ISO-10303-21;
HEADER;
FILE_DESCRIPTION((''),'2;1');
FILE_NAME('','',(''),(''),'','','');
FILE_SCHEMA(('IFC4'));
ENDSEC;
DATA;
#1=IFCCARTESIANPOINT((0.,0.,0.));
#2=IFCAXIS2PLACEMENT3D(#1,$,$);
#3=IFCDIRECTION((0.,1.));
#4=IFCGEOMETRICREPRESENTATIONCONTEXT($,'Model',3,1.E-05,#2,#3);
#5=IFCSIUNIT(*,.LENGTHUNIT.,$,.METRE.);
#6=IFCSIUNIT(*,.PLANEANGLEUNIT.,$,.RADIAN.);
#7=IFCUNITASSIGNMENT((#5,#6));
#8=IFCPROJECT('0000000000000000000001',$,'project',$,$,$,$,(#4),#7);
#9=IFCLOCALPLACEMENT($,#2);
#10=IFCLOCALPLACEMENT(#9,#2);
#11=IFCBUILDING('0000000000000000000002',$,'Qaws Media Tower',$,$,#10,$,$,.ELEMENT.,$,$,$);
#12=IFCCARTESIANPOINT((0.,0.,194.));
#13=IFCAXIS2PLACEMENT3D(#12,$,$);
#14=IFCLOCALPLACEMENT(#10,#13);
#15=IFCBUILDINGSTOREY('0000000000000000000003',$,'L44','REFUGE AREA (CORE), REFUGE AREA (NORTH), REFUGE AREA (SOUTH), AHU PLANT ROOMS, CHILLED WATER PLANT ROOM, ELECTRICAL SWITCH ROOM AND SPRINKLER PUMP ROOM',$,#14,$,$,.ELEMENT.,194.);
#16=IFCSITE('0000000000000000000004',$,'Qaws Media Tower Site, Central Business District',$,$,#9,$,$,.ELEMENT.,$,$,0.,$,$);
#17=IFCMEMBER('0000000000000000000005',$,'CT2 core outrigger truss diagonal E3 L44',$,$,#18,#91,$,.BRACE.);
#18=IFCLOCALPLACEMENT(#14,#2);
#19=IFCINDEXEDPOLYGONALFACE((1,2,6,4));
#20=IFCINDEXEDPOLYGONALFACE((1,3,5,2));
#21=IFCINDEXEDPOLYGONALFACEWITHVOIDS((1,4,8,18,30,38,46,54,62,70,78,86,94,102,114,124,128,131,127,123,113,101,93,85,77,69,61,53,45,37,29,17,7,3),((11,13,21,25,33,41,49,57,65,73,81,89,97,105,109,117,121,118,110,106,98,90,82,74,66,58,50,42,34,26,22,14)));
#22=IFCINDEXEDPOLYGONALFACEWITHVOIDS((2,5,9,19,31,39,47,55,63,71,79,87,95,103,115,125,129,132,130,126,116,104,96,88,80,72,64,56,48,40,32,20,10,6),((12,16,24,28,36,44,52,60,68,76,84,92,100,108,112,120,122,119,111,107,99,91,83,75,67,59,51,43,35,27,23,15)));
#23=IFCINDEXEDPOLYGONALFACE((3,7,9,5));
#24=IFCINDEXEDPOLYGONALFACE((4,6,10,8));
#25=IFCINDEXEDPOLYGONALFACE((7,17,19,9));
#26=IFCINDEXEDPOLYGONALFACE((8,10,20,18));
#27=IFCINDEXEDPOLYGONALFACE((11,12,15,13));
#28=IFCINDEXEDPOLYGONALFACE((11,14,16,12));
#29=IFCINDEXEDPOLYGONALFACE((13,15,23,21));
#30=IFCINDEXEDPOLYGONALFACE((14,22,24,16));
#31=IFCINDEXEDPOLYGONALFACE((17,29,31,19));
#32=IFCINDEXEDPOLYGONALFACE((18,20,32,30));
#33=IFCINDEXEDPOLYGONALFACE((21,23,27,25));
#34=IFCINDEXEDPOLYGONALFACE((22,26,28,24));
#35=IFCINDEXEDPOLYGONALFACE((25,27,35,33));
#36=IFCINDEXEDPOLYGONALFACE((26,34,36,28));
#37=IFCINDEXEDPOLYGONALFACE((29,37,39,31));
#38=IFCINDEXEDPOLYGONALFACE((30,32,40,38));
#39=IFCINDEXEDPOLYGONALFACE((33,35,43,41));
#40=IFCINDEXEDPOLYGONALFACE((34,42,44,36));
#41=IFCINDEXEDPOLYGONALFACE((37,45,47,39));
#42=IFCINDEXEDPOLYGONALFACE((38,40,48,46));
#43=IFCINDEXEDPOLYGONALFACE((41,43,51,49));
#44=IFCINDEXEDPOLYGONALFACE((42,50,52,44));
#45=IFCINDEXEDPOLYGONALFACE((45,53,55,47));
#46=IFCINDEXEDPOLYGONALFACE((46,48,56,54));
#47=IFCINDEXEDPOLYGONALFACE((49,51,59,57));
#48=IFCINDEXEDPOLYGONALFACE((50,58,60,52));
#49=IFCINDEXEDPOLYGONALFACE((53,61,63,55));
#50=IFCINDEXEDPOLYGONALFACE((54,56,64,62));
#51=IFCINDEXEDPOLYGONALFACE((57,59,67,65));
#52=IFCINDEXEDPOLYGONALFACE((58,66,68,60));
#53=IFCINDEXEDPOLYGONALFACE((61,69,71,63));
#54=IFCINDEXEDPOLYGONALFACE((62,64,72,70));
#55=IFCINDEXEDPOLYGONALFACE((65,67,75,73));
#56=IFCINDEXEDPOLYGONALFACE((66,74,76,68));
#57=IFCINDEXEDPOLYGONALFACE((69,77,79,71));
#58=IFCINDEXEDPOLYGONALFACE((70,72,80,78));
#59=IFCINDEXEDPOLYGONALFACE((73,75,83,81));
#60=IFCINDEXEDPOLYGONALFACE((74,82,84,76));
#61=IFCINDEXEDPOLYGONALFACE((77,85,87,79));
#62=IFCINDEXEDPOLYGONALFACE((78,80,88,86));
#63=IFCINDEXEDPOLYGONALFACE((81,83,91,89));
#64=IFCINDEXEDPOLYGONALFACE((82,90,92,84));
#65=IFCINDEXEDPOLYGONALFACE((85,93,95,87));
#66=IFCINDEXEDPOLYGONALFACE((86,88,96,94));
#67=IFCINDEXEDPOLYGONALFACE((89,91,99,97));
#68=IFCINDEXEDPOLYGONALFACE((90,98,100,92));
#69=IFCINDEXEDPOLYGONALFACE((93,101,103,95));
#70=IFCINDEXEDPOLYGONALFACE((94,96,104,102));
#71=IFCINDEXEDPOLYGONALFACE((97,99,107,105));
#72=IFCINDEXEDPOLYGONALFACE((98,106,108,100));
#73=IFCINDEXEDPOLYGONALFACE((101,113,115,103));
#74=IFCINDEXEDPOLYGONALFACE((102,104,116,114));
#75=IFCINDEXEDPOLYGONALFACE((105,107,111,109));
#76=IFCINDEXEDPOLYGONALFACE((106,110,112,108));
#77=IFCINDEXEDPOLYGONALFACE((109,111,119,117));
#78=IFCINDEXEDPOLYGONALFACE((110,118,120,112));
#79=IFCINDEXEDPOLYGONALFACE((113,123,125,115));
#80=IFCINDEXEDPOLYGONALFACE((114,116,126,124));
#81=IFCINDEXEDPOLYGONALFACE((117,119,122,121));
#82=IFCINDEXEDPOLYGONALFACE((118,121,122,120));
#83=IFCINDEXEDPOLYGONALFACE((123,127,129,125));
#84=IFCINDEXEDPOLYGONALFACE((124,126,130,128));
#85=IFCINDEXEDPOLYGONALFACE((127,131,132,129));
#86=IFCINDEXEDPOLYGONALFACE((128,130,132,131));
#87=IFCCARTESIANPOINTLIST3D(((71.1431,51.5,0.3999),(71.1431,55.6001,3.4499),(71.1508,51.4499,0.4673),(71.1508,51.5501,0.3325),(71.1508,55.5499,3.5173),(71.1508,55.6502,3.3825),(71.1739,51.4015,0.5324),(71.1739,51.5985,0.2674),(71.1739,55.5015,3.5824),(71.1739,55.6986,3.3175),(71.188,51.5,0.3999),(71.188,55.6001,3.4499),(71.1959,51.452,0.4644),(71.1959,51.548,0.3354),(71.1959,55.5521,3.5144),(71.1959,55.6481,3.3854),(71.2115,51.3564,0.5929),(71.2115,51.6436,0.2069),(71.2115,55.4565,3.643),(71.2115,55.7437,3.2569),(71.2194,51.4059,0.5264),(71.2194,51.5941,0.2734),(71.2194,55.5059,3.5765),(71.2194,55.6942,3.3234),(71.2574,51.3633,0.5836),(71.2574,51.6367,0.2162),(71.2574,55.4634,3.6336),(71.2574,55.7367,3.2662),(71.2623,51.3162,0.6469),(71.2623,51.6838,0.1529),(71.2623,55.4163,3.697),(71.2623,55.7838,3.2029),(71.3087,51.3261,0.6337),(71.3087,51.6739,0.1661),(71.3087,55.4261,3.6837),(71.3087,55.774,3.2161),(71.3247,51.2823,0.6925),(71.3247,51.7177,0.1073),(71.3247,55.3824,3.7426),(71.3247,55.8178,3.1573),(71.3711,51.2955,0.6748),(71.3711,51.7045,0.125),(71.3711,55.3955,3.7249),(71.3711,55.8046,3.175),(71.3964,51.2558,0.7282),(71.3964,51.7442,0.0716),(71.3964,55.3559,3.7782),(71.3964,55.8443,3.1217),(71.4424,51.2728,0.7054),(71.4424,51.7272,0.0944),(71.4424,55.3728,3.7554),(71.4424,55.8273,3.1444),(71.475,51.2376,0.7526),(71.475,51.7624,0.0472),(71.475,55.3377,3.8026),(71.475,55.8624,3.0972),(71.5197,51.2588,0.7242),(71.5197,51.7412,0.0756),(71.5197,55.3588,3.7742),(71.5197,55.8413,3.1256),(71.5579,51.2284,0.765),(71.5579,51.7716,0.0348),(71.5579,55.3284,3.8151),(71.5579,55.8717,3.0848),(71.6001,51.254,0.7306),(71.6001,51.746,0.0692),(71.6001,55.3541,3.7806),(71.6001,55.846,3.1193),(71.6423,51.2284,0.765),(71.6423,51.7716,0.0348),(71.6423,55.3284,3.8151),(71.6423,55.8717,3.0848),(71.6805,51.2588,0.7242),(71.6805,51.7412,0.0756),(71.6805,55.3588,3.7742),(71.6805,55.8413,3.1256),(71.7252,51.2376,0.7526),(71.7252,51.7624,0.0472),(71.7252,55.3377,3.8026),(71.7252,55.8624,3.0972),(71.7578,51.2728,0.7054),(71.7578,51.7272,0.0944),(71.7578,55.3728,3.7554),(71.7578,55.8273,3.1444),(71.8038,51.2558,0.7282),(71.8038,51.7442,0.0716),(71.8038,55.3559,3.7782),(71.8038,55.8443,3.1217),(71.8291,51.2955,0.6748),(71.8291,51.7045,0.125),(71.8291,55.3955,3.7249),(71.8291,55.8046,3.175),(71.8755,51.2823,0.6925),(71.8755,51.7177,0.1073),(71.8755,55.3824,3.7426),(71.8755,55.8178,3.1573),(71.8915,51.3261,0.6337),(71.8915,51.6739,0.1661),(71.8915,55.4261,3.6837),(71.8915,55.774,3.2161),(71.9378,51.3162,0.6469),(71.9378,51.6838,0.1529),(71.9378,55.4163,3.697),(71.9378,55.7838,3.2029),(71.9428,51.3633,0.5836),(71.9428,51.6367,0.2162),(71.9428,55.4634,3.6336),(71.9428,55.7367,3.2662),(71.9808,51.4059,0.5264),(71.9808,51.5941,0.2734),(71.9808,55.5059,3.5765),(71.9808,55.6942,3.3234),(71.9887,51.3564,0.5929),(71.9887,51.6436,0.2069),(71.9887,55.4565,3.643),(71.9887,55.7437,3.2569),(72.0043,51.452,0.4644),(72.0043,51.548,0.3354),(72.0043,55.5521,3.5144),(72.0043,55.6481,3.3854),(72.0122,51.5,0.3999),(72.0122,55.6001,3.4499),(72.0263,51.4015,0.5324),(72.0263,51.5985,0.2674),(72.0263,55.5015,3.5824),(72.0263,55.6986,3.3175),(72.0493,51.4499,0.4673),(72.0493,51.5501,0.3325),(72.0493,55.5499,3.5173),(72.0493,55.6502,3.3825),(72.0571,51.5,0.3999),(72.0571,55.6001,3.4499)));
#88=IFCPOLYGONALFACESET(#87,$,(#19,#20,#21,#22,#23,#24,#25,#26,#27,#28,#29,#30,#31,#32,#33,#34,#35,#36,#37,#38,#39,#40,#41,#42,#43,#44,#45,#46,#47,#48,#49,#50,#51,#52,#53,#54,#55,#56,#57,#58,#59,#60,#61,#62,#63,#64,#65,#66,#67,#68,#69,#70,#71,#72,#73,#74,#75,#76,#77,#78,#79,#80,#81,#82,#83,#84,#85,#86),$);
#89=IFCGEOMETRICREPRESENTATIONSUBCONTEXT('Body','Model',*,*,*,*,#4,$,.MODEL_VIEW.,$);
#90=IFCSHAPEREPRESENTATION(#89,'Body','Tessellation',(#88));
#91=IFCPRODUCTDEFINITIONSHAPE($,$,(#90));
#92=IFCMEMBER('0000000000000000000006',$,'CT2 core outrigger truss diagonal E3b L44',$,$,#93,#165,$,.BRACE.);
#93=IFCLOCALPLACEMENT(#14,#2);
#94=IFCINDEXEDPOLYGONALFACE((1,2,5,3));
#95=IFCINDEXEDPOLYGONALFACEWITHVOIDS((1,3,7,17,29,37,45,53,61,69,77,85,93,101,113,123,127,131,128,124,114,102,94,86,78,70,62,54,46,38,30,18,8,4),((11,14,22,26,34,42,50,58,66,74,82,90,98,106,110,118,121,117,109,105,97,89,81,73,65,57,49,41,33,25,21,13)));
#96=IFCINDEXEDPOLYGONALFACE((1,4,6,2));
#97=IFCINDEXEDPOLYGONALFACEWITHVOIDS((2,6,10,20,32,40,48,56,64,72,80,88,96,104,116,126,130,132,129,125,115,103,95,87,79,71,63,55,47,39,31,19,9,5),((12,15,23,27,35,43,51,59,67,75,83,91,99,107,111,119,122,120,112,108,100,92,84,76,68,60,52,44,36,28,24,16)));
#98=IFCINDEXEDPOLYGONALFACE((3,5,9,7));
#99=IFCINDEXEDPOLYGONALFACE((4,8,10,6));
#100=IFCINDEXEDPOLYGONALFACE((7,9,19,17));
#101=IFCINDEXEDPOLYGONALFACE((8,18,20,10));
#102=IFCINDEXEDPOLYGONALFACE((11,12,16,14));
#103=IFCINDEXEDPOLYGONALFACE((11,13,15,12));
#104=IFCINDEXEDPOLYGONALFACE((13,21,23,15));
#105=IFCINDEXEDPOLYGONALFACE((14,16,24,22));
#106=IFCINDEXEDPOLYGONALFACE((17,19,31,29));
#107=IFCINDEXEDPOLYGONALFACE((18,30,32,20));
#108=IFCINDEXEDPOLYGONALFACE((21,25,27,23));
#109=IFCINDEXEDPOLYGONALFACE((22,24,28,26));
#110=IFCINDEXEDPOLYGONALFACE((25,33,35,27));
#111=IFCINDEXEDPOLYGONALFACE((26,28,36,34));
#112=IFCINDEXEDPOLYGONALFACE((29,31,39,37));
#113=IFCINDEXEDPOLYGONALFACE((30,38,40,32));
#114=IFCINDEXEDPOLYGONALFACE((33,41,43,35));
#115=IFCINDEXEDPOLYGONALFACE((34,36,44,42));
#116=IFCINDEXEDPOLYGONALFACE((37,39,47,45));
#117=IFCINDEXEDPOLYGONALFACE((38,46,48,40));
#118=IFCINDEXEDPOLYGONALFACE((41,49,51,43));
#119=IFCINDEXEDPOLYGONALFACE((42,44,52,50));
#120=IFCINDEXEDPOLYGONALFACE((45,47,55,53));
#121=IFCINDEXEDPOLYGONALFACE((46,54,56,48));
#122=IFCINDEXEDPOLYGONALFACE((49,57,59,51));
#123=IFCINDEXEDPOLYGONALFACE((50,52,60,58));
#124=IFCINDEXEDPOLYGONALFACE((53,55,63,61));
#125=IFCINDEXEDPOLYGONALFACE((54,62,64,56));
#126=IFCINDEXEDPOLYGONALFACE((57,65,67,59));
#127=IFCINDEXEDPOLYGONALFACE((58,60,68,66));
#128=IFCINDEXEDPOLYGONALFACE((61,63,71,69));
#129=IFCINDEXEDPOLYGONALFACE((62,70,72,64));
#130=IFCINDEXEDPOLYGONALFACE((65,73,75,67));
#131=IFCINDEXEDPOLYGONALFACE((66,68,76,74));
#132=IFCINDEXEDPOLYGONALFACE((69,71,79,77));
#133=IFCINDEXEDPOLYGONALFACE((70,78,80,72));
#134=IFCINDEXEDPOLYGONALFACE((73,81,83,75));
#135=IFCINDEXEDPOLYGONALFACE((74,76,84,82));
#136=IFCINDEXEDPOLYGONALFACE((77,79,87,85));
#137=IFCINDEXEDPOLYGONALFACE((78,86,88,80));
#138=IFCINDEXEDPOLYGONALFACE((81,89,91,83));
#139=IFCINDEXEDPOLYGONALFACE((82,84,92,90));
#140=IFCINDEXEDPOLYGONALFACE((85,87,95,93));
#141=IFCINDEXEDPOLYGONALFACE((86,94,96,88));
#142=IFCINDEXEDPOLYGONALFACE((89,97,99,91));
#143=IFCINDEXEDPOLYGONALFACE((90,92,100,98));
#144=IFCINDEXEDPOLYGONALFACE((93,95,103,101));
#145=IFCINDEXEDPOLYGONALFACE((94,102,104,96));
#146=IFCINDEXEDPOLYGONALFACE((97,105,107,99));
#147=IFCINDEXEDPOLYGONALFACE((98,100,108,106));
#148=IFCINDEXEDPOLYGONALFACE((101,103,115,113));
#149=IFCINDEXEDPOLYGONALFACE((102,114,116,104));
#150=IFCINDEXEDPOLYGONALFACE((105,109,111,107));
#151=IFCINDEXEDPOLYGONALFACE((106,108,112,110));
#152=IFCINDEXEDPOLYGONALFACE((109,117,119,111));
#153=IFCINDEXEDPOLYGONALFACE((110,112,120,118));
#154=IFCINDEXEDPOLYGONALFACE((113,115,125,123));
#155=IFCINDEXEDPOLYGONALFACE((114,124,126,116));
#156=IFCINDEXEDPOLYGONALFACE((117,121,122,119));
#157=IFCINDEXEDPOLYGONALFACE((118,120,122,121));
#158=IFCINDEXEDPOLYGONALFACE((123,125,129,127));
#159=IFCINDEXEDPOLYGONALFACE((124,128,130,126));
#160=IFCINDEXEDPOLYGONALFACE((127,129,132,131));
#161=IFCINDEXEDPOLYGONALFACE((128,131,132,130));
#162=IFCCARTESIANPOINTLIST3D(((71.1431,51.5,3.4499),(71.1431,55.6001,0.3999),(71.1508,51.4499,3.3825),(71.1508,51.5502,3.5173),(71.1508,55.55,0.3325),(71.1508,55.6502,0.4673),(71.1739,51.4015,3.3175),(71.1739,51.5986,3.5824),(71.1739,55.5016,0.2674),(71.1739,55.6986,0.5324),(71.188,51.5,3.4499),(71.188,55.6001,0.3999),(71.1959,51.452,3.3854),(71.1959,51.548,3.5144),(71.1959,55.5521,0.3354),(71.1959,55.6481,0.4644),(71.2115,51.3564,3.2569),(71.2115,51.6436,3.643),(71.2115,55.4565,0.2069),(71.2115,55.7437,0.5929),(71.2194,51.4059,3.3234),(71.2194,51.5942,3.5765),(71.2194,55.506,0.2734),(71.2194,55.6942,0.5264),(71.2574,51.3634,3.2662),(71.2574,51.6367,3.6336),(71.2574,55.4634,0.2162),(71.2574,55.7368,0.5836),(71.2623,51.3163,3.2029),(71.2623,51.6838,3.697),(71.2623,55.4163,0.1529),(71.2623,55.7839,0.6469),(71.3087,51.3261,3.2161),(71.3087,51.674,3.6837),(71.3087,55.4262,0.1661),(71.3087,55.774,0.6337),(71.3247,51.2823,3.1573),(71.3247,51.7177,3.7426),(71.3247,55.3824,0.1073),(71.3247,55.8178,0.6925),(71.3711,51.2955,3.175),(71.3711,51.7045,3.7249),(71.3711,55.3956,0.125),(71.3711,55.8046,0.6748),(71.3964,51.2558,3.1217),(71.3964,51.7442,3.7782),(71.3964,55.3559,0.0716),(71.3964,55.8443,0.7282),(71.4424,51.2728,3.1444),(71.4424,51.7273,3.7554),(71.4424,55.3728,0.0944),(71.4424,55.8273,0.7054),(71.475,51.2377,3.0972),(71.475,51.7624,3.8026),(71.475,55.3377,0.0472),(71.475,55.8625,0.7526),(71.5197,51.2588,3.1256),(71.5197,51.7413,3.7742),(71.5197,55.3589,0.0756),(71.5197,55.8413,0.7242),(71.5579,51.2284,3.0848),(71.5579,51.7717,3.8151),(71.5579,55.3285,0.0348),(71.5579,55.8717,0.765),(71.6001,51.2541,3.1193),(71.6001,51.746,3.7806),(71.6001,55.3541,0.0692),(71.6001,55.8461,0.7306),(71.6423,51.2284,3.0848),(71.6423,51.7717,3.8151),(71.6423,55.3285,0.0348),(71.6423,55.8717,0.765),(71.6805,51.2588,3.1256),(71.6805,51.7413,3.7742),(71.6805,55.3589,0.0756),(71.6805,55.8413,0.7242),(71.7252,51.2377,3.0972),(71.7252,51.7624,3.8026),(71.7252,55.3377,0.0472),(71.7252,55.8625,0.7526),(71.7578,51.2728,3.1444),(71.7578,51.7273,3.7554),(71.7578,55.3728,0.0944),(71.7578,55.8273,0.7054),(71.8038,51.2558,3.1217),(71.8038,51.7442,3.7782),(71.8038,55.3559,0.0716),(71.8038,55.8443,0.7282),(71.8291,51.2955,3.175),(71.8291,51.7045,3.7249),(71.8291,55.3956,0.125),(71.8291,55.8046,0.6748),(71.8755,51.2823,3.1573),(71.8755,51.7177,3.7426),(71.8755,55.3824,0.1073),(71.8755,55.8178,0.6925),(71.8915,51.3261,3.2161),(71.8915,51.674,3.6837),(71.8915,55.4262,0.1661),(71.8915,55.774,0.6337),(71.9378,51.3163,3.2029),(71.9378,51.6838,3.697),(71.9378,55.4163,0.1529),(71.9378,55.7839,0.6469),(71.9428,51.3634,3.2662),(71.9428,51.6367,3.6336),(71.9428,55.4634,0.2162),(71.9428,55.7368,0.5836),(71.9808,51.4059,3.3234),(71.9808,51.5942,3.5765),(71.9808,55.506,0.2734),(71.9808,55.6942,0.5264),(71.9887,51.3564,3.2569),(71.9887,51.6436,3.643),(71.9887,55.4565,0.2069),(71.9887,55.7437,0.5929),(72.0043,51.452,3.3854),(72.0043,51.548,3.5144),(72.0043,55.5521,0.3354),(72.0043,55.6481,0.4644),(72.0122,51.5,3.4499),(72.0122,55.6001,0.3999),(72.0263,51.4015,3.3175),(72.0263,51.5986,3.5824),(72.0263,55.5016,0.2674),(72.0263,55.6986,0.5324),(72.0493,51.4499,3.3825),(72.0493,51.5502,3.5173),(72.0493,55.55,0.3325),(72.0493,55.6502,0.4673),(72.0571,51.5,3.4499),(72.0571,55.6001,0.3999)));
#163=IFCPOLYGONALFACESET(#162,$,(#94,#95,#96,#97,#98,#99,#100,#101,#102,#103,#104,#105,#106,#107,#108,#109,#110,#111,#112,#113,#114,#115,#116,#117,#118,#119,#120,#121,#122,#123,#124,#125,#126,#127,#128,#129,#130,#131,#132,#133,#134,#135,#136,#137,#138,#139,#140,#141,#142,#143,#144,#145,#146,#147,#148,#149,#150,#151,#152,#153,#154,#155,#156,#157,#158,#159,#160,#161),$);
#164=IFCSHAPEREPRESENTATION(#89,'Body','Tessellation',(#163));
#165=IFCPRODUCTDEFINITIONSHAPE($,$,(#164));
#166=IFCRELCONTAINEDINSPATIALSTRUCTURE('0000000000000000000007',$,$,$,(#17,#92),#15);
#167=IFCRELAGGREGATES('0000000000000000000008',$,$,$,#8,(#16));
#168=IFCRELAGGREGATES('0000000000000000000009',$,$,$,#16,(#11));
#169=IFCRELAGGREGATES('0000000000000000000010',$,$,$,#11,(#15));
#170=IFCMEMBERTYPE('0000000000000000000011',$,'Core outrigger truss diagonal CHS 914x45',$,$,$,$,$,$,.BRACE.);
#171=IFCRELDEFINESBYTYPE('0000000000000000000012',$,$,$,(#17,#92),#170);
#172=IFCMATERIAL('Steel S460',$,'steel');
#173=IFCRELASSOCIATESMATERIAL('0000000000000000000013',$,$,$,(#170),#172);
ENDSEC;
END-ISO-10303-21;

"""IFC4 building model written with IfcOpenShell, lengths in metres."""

from ifc_helpers import new_model, si_unit, direction, frame, origin, origin_2d, place, context, subcontext, project, spatial, hollow_circle, extrude, material, material_profile, profile_set, type_object, element, save


model = new_model("IFC4")

# Units and contexts
model_context = context("Model", 3, precision=1e-05, world=origin(), true_north=direction((0.0, 1.0)))
body_context = subcontext(model_context, "Body", "Model", "MODEL_VIEW")
ifc_project = project(units=[si_unit("LENGTHUNIT", "METRE"), si_unit("PLANEANGLEUNIT", "RADIAN")], contexts=[model_context])

# Site, building, storey
site_placement = place(None, origin())
site = spatial("IfcSite", under=ifc_project, at=site_placement, Name="Qaws Media Tower Site, Central Business District", CompositionType="ELEMENT", RefElevation=0.0)
building_placement = place(site_placement, origin())
building = spatial("IfcBuilding", under=site, at=building_placement, Name="Qaws Media Tower", CompositionType="ELEMENT")
storey_placement = place(building_placement, frame((0.0, 0.0, 194.0)))
storey = spatial("IfcBuildingStorey", under=building, at=storey_placement, Name="L44", Description="REFUGE AREA (CORE), REFUGE AREA (NORTH), REFUGE AREA (SOUTH), AHU PLANT ROOMS, CHILLED WATER PLANT ROOM, ELECTRICAL SWITCH ROOM AND SPRINKLER PUMP ROOM", CompositionType="ELEMENT", Elevation=194.0)

# Members
ifc_material_1 = material(Name="Steel S460", Category="steel")
ifc_material_profile_1 = material_profile(ifc_material_1, hollow_circle(Radius=0.457, WallThickness=0.0449, at=origin_2d()), Name="CHS 914x45")
ifc_profile_set_1 = profile_set([ifc_material_profile_1], Name="Steel S460")
member_type_1 = type_object("IfcMemberType", Name="Core outrigger truss diagonal CHS 914x45", PredefinedType="BRACE", material=ifc_profile_set_1)
for number, where, z_axis, x_axis, name in (
    (1, (71.6001, 51.5, 0.3999), (0.0, 0.802344, 0.596861), (-1.0, 0.0, 0.0), "CT2 core outrigger truss diagonal E3 L44"),
    (2, (71.6001, 55.6001, 0.3999), (0.0, -0.802344, 0.596861), (1.0, 0.0, 0.0), "CT2 core outrigger truss diagonal E3b L44"),
):
    element("IfcMember", number, at=place(storey_placement, frame(where, z_axis=z_axis, x_axis=x_axis)), inside=storey, type_object=member_type_1, Name=name, PredefinedType="BRACE", context=body_context, shape_type="SweptSolid", body=[
        extrude(hollow_circle(Radius=0.457, WallThickness=0.0449, at=origin_2d()), origin(), (0.0, 0.0, 1.0), 5.1101),
    ])

save(model, "model.ifc")
